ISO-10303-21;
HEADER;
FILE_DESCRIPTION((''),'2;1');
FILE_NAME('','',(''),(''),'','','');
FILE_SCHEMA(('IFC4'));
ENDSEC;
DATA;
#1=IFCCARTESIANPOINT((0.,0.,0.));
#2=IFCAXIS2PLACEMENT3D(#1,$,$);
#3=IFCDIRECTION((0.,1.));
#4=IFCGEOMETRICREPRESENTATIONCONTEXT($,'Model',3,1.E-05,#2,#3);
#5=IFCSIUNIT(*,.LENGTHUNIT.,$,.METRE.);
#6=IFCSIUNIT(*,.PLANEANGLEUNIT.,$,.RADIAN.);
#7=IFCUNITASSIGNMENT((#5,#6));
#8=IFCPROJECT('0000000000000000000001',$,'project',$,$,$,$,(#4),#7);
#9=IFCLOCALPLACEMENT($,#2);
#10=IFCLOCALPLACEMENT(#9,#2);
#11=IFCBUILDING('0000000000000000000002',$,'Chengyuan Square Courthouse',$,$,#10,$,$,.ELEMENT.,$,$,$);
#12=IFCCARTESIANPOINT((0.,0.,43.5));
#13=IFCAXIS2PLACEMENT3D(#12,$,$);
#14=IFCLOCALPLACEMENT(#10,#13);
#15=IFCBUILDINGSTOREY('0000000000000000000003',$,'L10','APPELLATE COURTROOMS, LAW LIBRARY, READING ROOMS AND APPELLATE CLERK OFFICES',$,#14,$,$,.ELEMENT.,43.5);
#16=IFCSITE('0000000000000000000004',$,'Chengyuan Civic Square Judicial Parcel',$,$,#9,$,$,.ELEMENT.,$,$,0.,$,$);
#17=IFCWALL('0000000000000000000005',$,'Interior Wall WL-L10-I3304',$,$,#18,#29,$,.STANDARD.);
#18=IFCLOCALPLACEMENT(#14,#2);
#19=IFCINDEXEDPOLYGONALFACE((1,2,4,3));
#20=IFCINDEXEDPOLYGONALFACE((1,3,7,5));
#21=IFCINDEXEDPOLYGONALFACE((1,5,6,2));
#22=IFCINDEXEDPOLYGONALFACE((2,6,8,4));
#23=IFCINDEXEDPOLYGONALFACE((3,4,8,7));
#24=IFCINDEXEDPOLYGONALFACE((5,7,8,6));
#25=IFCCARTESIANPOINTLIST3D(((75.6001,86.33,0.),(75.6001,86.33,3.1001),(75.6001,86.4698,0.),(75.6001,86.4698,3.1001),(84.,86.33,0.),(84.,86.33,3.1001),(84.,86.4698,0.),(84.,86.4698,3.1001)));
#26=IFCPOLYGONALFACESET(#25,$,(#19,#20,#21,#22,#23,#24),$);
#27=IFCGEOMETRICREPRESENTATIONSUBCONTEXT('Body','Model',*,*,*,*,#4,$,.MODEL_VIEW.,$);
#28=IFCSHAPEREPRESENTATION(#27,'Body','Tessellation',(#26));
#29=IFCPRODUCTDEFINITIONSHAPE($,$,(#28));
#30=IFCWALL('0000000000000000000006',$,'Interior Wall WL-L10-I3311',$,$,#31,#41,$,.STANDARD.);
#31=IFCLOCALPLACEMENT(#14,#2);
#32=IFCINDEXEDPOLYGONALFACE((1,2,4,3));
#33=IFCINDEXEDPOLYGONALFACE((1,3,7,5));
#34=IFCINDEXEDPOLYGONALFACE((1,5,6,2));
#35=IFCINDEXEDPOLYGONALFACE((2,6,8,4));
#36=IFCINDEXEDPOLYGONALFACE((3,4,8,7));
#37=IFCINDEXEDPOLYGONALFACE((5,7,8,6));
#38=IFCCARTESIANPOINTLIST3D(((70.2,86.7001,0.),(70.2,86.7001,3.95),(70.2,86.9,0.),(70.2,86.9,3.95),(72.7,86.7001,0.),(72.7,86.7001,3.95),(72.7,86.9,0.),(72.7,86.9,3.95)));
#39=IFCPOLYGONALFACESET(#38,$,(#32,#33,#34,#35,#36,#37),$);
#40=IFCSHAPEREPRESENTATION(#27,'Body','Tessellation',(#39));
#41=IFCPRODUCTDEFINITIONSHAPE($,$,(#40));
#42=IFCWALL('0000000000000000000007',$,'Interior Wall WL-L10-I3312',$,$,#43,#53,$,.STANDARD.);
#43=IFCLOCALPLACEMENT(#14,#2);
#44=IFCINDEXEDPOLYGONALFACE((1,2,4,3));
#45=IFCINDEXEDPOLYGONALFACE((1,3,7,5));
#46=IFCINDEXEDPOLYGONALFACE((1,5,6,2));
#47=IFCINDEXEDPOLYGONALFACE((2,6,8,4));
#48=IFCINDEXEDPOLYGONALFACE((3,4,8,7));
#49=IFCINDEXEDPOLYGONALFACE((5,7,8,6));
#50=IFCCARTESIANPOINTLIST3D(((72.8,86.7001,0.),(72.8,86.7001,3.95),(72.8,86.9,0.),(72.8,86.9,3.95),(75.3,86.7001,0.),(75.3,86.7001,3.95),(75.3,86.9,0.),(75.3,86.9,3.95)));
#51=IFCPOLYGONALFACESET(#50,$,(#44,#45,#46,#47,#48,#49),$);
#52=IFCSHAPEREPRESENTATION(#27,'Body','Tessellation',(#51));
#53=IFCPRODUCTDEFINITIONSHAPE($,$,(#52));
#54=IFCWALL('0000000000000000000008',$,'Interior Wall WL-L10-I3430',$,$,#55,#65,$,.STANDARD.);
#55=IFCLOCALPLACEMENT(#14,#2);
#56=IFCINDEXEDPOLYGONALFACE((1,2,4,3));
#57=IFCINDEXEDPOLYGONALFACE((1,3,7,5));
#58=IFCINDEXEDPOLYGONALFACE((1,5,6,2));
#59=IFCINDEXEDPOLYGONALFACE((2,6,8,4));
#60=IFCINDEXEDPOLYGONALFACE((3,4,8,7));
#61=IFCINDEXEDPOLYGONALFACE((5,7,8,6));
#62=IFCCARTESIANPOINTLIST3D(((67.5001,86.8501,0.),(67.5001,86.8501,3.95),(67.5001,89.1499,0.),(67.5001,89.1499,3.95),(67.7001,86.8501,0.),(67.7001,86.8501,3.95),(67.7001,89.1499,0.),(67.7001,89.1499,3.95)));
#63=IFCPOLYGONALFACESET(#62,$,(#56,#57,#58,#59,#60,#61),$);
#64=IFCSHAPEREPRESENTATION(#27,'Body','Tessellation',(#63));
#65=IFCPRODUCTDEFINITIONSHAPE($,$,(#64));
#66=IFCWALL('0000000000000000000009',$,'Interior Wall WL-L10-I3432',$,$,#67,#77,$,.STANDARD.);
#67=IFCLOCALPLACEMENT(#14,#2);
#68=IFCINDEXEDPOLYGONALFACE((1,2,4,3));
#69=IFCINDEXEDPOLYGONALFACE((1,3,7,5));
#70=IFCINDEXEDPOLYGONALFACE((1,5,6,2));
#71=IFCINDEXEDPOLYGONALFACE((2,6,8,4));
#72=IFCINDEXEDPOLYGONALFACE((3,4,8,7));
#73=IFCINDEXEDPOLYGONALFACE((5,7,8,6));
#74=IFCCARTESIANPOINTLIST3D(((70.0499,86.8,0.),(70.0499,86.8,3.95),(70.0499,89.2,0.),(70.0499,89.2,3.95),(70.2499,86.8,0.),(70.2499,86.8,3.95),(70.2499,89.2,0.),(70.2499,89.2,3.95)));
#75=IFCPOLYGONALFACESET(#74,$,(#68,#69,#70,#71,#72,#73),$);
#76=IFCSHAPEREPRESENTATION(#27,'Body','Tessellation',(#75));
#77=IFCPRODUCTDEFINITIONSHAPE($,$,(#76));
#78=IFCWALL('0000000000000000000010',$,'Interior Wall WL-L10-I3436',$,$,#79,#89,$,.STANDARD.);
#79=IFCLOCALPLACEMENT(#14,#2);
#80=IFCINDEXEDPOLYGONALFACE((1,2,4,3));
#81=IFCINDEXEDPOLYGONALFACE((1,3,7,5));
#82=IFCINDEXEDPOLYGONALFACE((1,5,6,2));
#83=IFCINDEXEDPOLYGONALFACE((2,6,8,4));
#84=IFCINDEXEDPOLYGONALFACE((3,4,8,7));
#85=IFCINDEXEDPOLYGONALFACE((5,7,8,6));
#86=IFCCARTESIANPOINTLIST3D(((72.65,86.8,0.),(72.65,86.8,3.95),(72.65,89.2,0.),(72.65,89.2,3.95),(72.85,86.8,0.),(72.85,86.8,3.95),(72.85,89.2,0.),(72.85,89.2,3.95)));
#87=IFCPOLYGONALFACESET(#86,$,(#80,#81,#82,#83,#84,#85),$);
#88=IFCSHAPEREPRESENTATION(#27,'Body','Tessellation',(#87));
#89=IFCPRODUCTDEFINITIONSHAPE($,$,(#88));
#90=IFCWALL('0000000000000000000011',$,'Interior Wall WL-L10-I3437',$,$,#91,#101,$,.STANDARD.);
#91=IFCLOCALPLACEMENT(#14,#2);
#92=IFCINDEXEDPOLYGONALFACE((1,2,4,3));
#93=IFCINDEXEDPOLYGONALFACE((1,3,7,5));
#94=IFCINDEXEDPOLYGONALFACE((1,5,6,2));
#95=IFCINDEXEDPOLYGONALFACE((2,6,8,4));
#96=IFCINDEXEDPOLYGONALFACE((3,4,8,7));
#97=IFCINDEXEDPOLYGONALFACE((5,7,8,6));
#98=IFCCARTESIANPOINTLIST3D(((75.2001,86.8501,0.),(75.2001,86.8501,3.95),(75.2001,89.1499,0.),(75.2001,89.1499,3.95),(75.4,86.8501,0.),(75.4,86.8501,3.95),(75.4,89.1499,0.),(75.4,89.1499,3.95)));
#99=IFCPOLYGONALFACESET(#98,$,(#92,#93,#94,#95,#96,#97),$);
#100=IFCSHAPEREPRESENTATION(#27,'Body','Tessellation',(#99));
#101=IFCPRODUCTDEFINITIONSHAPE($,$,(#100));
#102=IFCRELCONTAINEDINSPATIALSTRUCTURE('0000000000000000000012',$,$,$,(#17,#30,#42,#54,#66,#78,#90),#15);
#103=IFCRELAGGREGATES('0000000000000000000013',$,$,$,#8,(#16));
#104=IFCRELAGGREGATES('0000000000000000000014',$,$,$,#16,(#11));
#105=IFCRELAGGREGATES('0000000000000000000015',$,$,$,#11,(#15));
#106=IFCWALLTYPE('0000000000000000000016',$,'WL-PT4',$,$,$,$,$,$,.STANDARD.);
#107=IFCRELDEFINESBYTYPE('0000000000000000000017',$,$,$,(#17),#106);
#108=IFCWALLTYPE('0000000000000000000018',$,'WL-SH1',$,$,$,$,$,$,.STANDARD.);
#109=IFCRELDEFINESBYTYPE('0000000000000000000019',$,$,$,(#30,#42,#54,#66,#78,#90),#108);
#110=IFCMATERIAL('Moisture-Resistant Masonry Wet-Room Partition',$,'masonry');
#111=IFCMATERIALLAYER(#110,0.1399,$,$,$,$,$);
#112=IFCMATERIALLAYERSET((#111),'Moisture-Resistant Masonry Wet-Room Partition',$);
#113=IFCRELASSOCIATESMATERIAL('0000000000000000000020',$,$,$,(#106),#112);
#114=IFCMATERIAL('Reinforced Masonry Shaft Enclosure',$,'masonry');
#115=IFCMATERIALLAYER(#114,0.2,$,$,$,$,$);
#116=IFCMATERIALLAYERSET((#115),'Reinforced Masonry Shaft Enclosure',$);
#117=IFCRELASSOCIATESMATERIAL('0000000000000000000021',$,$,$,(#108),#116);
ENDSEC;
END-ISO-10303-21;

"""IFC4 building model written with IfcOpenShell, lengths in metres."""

from ifc_helpers import new_model, si_unit, direction, frame, frame_2d, origin, place, context, subcontext, project, spatial, rectangle, extrude, material, layer, layer_set, type_object, element, save


model = new_model("IFC4")

# Units and contexts
model_context = context("Model", 3, precision=1e-05, world=origin(), true_north=direction((0.0, 1.0)))
body_context = subcontext(model_context, "Body", "Model", "MODEL_VIEW")
ifc_project = project(units=[si_unit("LENGTHUNIT", "METRE"), si_unit("PLANEANGLEUNIT", "RADIAN")], contexts=[model_context])

# Site, building, storey
site_placement = place(None, origin())
site = spatial("IfcSite", under=ifc_project, at=site_placement, Name="Chengyuan Civic Square Judicial Parcel", CompositionType="ELEMENT", RefElevation=0.0)
building_placement = place(site_placement, origin())
building = spatial("IfcBuilding", under=site, at=building_placement, Name="Chengyuan Square Courthouse", CompositionType="ELEMENT")
storey_placement = place(building_placement, frame((0.0, 0.0, 43.5)))
storey = spatial("IfcBuildingStorey", under=building, at=storey_placement, Name="L10", Description="APPELLATE COURTROOMS, LAW LIBRARY, READING ROOMS AND APPELLATE CLERK OFFICES", CompositionType="ELEMENT", Elevation=43.5)

# Walls
ifc_material_1 = material(Name="Moisture-Resistant Masonry Wet-Room Partition", Category="masonry")
ifc_layer_1 = layer(ifc_material_1, 0.1399)
ifc_layer_set_1 = layer_set([ifc_layer_1], Name="Moisture-Resistant Masonry Wet-Room Partition")
wall_type_1 = type_object("IfcWallType", Name="WL-PT4", PredefinedType="STANDARD", material=ifc_layer_set_1)
wall_1_placement = place(storey_placement, frame((75.6001, 86.3999, 0.0), z_axis=(0.0, 0.0, 1.0), x_axis=(1.0, 0.0, 0.0)))
element("IfcWall", 1, at=wall_1_placement, inside=storey, type_object=wall_type_1, Name="Interior Wall WL-L10-I3304", PredefinedType="STANDARD", context=body_context, shape_type="SweptSolid", body=[
    extrude(rectangle(XDim=8.3999, YDim=0.1399, at=frame_2d((4.2, 0.0))), origin(), (0.0, 0.0, 1.0), 3.1001),
])
ifc_material_2 = material(Name="Reinforced Masonry Shaft Enclosure", Category="masonry")
ifc_layer_2 = layer(ifc_material_2, 0.2)
ifc_layer_set_2 = layer_set([ifc_layer_2], Name="Reinforced Masonry Shaft Enclosure")
wall_type_2 = type_object("IfcWallType", Name="WL-SH1", PredefinedType="STANDARD", material=ifc_layer_set_2)
for number, where, z_axis, x_axis, name in (
    (2, (70.2, 86.8, 0.0), (0.0, 0.0, 1.0), (1.0, 0.0, 0.0), "Interior Wall WL-L10-I3311"),
    (3, (72.8, 86.8, 0.0), (0.0, 0.0, 1.0), (1.0, 0.0, 0.0), "Interior Wall WL-L10-I3312"),
):
    element("IfcWall", number, at=place(storey_placement, frame(where, z_axis=z_axis, x_axis=x_axis)), inside=storey, type_object=wall_type_2, Name=name, PredefinedType="STANDARD", context=body_context, shape_type="SweptSolid", body=[
        extrude(rectangle(XDim=2.5, YDim=0.2, at=frame_2d((1.25, 0.0))), origin(), (0.0, 0.0, 1.0), 3.95),
    ])

# Walls
wall_2_placement = place(storey_placement, frame((67.6001, 86.8501, 0.0), z_axis=(0.0, 0.0, 1.0), x_axis=(0.0, 1.0, 0.0)))
element("IfcWall", 4, at=wall_2_placement, inside=storey, type_object=wall_type_2, Name="Interior Wall WL-L10-I3430", PredefinedType="STANDARD", context=body_context, shape_type="SweptSolid", body=[
    extrude(rectangle(XDim=2.2998, YDim=0.2, at=frame_2d((1.1499, 0.0))), origin(), (0.0, 0.0, 1.0), 3.95),
])
for number, where, z_axis, x_axis, name in (
    (5, (70.1499, 86.8, 0.0), (0.0, 0.0, 1.0), (0.0, 1.0, 0.0), "Interior Wall WL-L10-I3432"),
    (6, (72.75, 86.8, 0.0), (0.0, 0.0, 1.0), (0.0, 1.0, 0.0), "Interior Wall WL-L10-I3436"),
):
    element("IfcWall", number, at=place(storey_placement, frame(where, z_axis=z_axis, x_axis=x_axis)), inside=storey, type_object=wall_type_2, Name=name, PredefinedType="STANDARD", context=body_context, shape_type="SweptSolid", body=[
        extrude(rectangle(XDim=2.3999, YDim=0.2, at=frame_2d((1.2, 0.0))), origin(), (0.0, 0.0, 1.0), 3.95),
    ])
wall_3_placement = place(storey_placement, frame((75.3, 86.8501, 0.0), z_axis=(0.0, 0.0, 1.0), x_axis=(0.0, 1.0, 0.0)))
element("IfcWall", 7, at=wall_3_placement, inside=storey, type_object=wall_type_2, Name="Interior Wall WL-L10-I3437", PredefinedType="STANDARD", context=body_context, shape_type="SweptSolid", body=[
    extrude(rectangle(XDim=2.2998, YDim=0.2, at=frame_2d((1.1499, 0.0))), origin(), (0.0, 0.0, 1.0), 3.95),
])

save(model, "model.ifc")
